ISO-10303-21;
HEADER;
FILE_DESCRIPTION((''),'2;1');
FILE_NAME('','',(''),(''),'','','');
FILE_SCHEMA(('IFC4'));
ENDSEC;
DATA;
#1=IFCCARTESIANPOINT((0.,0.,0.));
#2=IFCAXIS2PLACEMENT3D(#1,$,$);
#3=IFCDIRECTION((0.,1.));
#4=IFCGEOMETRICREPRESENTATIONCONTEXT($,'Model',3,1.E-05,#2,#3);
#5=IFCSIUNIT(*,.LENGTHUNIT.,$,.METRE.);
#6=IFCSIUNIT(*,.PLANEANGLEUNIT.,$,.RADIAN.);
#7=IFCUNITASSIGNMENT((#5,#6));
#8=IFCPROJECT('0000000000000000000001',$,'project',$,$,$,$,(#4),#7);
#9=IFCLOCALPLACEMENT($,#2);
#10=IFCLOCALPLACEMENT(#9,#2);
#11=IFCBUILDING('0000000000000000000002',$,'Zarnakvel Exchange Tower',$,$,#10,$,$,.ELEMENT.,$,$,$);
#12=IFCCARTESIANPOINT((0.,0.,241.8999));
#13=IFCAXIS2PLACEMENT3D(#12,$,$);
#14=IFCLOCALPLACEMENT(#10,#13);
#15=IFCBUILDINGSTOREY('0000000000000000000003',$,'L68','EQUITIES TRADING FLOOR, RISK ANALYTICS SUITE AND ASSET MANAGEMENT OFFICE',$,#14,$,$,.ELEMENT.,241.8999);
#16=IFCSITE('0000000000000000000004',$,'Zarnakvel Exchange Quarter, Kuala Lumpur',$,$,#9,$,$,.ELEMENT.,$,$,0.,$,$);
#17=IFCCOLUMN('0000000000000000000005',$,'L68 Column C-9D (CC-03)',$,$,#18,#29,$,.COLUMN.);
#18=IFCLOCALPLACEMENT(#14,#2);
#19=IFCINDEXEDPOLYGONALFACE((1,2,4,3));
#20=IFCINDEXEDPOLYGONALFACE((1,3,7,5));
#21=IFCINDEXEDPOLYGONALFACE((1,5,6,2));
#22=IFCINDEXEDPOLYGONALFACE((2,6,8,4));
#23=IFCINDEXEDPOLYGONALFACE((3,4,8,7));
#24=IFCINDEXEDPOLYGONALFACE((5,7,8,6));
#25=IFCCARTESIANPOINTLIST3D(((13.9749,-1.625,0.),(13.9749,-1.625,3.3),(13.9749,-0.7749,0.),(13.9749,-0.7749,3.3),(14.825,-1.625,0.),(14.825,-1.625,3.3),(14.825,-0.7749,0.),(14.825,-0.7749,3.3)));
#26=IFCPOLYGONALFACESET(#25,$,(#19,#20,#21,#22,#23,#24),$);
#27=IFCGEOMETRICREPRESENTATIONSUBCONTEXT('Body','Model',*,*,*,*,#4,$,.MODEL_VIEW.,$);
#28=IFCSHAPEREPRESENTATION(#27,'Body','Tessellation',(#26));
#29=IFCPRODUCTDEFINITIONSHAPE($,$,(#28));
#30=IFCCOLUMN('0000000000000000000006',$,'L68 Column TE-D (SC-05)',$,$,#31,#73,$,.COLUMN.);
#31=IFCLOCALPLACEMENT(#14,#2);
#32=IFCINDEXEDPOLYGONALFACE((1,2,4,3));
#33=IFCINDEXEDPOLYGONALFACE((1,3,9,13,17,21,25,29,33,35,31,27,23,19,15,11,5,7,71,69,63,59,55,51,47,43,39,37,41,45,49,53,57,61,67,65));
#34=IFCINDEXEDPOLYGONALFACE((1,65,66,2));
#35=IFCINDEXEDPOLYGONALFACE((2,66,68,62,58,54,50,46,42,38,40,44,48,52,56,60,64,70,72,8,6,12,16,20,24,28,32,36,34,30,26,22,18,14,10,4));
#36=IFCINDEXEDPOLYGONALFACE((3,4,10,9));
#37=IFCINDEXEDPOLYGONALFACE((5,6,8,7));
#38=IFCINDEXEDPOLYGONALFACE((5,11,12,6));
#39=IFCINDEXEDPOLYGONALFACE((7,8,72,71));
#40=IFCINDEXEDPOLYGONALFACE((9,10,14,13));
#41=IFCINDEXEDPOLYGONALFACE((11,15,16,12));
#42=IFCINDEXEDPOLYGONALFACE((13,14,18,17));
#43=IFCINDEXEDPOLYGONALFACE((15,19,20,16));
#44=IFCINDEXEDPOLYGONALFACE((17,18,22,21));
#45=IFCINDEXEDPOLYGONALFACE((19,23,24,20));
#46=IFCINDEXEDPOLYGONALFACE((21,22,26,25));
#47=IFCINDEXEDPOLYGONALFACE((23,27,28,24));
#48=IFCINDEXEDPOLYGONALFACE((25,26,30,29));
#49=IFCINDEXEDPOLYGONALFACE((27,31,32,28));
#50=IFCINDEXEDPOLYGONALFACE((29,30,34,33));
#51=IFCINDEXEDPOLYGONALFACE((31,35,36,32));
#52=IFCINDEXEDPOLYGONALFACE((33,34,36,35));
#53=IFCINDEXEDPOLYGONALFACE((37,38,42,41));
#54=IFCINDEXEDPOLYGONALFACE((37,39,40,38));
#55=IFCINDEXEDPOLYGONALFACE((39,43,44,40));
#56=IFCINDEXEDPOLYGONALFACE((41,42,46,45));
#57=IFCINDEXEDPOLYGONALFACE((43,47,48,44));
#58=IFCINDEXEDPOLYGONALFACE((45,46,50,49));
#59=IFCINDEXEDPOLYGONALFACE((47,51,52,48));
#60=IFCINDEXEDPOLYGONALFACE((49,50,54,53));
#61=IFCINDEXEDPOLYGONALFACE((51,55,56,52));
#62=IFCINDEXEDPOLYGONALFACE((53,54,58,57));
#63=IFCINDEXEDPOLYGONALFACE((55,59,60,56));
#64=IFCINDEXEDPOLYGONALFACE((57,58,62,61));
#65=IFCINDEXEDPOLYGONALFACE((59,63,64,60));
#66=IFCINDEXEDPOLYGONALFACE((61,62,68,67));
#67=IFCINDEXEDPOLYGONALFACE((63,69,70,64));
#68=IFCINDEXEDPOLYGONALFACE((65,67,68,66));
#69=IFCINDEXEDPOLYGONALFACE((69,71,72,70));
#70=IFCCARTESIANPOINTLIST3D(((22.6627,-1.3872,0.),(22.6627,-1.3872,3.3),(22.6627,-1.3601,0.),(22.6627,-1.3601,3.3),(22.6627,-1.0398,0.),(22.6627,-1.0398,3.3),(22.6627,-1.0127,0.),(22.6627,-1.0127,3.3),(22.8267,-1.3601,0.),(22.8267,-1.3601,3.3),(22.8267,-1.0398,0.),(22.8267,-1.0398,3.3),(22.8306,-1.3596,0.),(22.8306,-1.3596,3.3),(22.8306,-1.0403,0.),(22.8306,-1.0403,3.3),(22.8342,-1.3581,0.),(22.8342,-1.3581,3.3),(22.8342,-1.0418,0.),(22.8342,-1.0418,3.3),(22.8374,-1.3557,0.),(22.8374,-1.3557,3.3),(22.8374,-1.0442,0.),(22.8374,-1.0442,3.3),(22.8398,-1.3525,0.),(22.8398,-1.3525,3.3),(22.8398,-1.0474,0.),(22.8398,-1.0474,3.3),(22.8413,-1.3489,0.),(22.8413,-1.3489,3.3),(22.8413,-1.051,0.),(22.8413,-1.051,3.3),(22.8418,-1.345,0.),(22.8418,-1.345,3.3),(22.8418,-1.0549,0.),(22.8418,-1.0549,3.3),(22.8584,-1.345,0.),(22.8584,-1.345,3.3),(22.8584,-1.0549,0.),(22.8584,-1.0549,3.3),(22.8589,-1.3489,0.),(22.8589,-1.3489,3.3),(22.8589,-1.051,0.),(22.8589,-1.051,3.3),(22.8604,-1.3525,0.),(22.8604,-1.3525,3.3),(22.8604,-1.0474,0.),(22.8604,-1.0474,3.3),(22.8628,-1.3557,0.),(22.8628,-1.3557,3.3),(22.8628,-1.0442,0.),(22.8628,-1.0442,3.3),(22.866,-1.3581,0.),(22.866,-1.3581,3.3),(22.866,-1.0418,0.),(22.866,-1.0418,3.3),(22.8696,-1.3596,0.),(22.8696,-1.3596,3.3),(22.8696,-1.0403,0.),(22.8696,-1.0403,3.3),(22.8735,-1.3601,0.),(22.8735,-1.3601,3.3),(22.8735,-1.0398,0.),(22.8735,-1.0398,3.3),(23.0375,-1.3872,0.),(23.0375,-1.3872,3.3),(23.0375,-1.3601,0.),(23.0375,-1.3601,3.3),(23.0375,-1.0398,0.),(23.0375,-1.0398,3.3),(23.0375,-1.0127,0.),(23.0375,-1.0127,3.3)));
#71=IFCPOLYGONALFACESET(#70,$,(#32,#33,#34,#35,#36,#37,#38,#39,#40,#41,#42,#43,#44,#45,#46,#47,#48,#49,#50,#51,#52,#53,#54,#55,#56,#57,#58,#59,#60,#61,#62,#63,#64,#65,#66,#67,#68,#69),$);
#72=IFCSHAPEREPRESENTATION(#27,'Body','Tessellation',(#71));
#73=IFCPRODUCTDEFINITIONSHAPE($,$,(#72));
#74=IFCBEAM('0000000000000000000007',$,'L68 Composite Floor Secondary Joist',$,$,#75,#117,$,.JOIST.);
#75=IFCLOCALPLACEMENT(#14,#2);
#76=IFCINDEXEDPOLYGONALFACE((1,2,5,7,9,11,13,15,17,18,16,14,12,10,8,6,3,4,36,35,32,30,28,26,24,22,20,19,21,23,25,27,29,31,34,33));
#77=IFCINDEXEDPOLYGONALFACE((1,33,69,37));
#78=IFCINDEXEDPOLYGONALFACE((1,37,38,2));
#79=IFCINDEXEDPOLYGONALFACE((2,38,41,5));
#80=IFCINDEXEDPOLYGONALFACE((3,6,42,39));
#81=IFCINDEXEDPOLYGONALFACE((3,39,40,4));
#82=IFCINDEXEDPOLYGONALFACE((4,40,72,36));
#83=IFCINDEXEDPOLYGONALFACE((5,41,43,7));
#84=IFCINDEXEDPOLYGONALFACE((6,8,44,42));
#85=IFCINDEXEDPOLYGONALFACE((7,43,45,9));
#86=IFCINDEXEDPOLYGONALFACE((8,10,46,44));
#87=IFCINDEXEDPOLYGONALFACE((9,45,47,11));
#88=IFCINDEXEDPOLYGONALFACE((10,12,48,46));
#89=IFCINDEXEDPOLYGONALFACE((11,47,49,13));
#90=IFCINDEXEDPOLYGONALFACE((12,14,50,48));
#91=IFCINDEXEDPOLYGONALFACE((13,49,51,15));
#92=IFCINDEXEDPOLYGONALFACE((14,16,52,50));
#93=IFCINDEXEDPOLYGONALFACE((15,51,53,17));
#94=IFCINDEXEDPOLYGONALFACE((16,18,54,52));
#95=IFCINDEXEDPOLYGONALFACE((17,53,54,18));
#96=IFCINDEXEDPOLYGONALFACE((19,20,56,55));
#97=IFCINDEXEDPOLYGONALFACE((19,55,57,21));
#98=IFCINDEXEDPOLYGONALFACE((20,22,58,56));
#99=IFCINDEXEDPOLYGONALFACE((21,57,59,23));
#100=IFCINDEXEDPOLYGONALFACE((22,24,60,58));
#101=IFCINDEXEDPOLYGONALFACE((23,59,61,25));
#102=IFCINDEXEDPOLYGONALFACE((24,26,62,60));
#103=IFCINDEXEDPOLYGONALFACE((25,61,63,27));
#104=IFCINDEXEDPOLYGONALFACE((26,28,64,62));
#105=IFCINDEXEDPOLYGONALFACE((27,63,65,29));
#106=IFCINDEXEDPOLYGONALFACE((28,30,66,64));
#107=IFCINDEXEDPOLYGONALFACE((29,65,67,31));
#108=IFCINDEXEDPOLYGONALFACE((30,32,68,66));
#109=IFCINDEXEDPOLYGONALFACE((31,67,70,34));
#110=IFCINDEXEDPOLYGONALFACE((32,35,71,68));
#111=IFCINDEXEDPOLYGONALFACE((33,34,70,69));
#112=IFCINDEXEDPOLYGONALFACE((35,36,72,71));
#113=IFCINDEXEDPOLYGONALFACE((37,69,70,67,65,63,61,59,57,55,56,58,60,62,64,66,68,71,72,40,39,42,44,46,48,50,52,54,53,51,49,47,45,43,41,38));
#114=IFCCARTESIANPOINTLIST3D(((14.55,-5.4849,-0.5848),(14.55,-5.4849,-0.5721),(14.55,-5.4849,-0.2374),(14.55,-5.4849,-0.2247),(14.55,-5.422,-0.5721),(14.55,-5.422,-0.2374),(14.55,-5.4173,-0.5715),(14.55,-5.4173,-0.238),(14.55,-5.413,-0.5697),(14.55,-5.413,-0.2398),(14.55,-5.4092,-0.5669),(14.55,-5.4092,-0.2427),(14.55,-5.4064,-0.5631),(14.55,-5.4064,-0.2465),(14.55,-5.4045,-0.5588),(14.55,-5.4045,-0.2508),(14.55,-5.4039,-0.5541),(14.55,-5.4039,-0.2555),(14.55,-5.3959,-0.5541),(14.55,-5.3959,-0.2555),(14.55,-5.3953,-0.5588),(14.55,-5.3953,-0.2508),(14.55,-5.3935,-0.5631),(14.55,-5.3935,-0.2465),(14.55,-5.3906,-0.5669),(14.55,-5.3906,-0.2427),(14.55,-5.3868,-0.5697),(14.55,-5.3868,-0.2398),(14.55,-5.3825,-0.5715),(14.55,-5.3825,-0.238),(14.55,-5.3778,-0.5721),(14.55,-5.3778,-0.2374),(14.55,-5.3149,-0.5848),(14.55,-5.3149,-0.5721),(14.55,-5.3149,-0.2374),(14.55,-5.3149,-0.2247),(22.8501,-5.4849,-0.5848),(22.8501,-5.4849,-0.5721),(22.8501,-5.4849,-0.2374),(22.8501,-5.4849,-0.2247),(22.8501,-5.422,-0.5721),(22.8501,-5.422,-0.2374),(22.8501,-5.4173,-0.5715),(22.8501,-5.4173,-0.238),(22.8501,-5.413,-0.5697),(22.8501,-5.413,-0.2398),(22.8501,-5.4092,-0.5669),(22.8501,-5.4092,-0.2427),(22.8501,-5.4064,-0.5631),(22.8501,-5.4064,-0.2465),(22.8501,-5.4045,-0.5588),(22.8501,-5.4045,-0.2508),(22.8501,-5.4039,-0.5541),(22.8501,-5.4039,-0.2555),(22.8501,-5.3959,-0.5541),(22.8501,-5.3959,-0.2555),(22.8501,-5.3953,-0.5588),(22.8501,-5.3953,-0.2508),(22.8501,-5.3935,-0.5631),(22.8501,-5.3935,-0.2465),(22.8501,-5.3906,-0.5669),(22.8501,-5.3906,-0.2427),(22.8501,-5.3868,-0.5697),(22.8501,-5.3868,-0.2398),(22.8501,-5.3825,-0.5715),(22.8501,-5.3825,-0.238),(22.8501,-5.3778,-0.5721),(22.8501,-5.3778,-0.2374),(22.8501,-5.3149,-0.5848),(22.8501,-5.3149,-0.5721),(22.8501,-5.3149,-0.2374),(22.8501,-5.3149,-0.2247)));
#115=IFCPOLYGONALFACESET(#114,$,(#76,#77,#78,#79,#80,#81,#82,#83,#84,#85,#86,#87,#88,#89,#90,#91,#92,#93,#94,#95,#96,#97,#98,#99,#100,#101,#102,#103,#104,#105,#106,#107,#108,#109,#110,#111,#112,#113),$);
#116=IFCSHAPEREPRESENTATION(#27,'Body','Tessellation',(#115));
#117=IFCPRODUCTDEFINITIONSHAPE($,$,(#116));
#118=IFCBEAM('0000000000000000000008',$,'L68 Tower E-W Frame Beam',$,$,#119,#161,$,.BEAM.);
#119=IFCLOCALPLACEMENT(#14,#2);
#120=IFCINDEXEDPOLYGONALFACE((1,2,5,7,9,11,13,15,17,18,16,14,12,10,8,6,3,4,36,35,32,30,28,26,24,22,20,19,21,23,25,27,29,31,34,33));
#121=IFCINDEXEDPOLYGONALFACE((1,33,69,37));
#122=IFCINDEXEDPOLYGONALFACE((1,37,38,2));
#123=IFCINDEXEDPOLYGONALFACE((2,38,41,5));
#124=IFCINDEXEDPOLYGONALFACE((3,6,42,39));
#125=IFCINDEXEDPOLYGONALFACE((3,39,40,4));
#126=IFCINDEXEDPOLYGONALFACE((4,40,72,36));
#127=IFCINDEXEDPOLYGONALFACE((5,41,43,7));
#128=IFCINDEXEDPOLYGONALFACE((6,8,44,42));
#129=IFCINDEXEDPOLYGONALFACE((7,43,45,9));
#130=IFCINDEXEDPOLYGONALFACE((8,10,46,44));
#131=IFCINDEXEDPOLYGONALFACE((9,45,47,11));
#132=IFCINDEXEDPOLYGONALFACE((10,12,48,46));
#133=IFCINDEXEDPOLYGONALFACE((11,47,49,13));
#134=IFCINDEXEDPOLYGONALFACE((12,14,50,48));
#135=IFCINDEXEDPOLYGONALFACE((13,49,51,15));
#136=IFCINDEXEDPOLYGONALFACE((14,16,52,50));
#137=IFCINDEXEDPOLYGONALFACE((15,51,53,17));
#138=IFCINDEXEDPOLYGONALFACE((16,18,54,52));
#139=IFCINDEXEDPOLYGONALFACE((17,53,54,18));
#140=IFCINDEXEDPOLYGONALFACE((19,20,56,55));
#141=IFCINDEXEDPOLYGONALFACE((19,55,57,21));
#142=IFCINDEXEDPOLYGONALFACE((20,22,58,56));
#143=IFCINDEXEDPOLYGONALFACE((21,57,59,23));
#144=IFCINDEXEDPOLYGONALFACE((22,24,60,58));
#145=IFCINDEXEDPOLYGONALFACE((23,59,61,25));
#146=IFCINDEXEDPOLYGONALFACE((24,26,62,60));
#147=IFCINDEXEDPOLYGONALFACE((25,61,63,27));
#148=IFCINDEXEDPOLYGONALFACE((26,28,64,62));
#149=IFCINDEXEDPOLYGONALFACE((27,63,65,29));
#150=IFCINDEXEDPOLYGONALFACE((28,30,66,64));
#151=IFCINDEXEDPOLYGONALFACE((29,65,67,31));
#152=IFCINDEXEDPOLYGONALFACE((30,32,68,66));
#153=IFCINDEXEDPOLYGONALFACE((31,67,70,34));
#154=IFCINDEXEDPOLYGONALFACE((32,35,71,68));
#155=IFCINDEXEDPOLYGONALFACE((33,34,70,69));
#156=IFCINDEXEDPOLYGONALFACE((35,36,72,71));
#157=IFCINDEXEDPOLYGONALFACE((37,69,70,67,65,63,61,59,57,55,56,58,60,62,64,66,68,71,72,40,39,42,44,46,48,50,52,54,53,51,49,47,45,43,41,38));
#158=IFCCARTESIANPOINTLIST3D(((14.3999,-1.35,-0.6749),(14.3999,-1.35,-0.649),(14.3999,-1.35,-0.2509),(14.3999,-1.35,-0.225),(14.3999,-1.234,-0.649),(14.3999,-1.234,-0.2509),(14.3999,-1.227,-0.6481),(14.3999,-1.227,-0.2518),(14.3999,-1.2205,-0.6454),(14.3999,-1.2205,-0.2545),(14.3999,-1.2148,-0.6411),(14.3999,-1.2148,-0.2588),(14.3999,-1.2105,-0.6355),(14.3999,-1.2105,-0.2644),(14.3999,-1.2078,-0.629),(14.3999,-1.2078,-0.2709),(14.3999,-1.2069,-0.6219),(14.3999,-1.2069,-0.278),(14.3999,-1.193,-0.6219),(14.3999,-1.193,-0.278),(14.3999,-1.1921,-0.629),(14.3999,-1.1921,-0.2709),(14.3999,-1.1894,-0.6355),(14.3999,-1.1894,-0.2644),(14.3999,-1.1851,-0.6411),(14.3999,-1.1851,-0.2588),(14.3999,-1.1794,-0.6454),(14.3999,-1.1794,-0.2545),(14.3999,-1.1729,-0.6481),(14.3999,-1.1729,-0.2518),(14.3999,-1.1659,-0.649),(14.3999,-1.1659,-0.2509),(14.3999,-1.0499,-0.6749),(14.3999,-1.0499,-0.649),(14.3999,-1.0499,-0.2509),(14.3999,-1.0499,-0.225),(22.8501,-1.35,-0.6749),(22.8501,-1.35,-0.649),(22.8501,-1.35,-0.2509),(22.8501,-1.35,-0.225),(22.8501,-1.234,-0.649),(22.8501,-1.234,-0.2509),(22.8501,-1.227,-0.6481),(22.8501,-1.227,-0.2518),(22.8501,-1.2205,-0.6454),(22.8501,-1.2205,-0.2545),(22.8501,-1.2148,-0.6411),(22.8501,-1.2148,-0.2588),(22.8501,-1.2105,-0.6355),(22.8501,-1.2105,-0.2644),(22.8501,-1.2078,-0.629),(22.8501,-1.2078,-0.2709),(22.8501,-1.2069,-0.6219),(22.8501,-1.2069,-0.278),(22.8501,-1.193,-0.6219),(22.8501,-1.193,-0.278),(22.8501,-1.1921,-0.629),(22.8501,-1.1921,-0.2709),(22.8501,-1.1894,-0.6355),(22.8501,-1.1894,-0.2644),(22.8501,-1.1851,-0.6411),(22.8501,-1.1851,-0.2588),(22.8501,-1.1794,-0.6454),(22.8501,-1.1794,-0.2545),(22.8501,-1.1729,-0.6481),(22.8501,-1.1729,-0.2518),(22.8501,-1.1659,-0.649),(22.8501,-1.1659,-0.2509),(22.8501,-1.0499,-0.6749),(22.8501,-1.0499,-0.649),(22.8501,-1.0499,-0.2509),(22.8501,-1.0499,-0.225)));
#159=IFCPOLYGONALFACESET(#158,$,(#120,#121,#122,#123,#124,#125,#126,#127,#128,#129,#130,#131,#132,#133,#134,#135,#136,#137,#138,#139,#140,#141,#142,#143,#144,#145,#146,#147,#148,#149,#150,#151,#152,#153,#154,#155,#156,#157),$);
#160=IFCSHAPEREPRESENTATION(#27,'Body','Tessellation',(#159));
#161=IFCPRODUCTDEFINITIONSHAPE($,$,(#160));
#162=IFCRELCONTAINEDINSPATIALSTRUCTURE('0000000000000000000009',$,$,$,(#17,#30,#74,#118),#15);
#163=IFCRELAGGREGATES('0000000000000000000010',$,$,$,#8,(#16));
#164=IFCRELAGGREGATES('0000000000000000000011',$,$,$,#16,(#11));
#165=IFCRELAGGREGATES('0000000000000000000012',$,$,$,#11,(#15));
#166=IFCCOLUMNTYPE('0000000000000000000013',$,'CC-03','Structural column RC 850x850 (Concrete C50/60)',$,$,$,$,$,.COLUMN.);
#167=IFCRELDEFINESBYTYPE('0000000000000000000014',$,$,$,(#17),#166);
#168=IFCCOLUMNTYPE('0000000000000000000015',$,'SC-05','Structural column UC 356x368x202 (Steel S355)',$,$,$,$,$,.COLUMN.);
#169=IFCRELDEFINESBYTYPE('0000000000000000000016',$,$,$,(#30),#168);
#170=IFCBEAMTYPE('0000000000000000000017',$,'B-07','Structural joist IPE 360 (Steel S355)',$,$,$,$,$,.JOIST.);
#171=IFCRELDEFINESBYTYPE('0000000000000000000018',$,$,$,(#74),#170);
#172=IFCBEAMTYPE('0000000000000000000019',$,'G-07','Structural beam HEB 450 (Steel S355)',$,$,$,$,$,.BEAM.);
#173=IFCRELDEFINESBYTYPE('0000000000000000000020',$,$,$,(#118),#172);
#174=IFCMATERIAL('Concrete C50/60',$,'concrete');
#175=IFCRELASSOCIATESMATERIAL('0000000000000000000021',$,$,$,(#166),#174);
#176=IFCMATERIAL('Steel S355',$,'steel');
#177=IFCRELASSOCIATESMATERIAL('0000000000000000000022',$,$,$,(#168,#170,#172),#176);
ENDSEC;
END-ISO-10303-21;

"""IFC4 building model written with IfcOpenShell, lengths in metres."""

from ifc_helpers import new_model, si_unit, direction, frame, origin, origin_2d, place, context, subcontext, project, spatial, rectangle, i_section, extrude, material, material_profile, profile_set, type_object, element, save


model = new_model("IFC4")

# Units and contexts
model_context = context("Model", 3, precision=1e-05, world=origin(), true_north=direction((0.0, 1.0)))
body_context = subcontext(model_context, "Body", "Model", "MODEL_VIEW")
ifc_project = project(units=[si_unit("LENGTHUNIT", "METRE"), si_unit("PLANEANGLEUNIT", "RADIAN")], contexts=[model_context])

# Site, building, storey
site_placement = place(None, origin())
site = spatial("IfcSite", under=ifc_project, at=site_placement, Name="Zarnakvel Exchange Quarter, Kuala Lumpur", CompositionType="ELEMENT", RefElevation=0.0)
building_placement = place(site_placement, origin())
building = spatial("IfcBuilding", under=site, at=building_placement, Name="Zarnakvel Exchange Tower", CompositionType="ELEMENT")
storey_placement = place(building_placement, frame((0.0, 0.0, 241.8999)))
storey = spatial("IfcBuildingStorey", under=building, at=storey_placement, Name="L68", Description="EQUITIES TRADING FLOOR, RISK ANALYTICS SUITE AND ASSET MANAGEMENT OFFICE", CompositionType="ELEMENT", Elevation=241.8999)

# Columns
ifc_material_1 = material(Name="Concrete C50/60", Category="concrete")
ifc_material_profile_1 = material_profile(ifc_material_1, rectangle(XDim=0.8501, YDim=0.8501, at=origin_2d()))
ifc_profile_set_1 = profile_set([ifc_material_profile_1], Name="Concrete C50/60")
column_type_1 = type_object("IfcColumnType", Name="CC-03", Description="Structural column RC 850x850 (Concrete C50/60)", PredefinedType="COLUMN", material=ifc_profile_set_1)
column_1_placement = place(storey_placement, frame((14.3999, -1.2, 0.0), z_axis=(0.0, 0.0, 1.0), x_axis=(1.0, 0.0, 0.0)))
element("IfcColumn", 1, at=column_1_placement, inside=storey, type_object=column_type_1, Name="L68 Column C-9D (CC-03)", PredefinedType="COLUMN", context=body_context, shape_type="SweptSolid", body=[
    extrude(rectangle(XDim=0.8501, YDim=0.8501, at=origin_2d()), origin(), (0.0, 0.0, 1.0), 3.3),
])
ifc_material_2 = material(Name="Steel S355", Category="steel")
ifc_material_profile_2 = material_profile(ifc_material_2, i_section(OverallWidth=0.3748, OverallDepth=0.3745, WebThickness=0.0166, FlangeThickness=0.0271, FilletRadius=0.0151, at=origin_2d()))
ifc_profile_set_2 = profile_set([ifc_material_profile_2], Name="Steel S355")
column_type_2 = type_object("IfcColumnType", Name="SC-05", Description="Structural column UC 356x368x202 (Steel S355)", PredefinedType="COLUMN", material=ifc_profile_set_2)
column_2_placement = place(storey_placement, frame((22.8501, -1.2, 0.0), z_axis=(0.0, 0.0, 1.0), x_axis=(1.0, 0.0, 0.0)))
element("IfcColumn", 2, at=column_2_placement, inside=storey, type_object=column_type_2, Name="L68 Column TE-D (SC-05)", PredefinedType="COLUMN", context=body_context, shape_type="SweptSolid", body=[
    extrude(i_section(OverallWidth=0.3748, OverallDepth=0.3745, WebThickness=0.0166, FlangeThickness=0.0271, FilletRadius=0.0151, at=origin_2d()), origin(), (0.0, 0.0, 1.0), 3.3),
])

# Beams
ifc_material_profile_3 = material_profile(ifc_material_2, i_section(OverallWidth=0.1699, OverallDepth=0.3601, WebThickness=0.0081, FlangeThickness=0.0127, FilletRadius=0.0181, at=origin_2d()))
ifc_profile_set_3 = profile_set([ifc_material_profile_3], Name="Steel S355")
beam_type_1 = type_object("IfcBeamType", Name="B-07", Description="Structural joist IPE 360 (Steel S355)", PredefinedType="JOIST", material=ifc_profile_set_3)
beam_1_placement = place(storey_placement, frame((14.55, -5.3999, -0.4048), z_axis=(1.0, 0.0, 0.0), x_axis=(0.0, 1.0, 0.0)))
element("IfcBeam", 3, at=beam_1_placement, inside=storey, type_object=beam_type_1, Name="L68 Composite Floor Secondary Joist", PredefinedType="JOIST", context=body_context, shape_type="SweptSolid", body=[
    extrude(i_section(OverallWidth=0.1699, OverallDepth=0.3601, WebThickness=0.0081, FlangeThickness=0.0127, FilletRadius=0.0181, at=origin_2d()), origin(), (0.0, 0.0, 1.0), 8.3),
])
ifc_material_profile_4 = material_profile(ifc_material_2, i_section(OverallWidth=0.3, OverallDepth=0.45, WebThickness=0.0139, FlangeThickness=0.0259, FilletRadius=0.0271, at=origin_2d()))
ifc_profile_set_4 = profile_set([ifc_material_profile_4], Name="Steel S355")
beam_type_2 = type_object("IfcBeamType", Name="G-07", Description="Structural beam HEB 450 (Steel S355)", PredefinedType="BEAM", material=ifc_profile_set_4)
beam_2_placement = place(storey_placement, frame((14.3999, -1.2, -0.45), z_axis=(1.0, 0.0, 0.0), x_axis=(0.0, 1.0, 0.0)))
element("IfcBeam", 4, at=beam_2_placement, inside=storey, type_object=beam_type_2, Name="L68 Tower E-W Frame Beam", PredefinedType="BEAM", context=body_context, shape_type="SweptSolid", body=[
    extrude(i_section(OverallWidth=0.3, OverallDepth=0.45, WebThickness=0.0139, FlangeThickness=0.0259, FilletRadius=0.0271, at=origin_2d()), origin(), (0.0, 0.0, 1.0), 8.4502),
])

save(model, "model.ifc")
